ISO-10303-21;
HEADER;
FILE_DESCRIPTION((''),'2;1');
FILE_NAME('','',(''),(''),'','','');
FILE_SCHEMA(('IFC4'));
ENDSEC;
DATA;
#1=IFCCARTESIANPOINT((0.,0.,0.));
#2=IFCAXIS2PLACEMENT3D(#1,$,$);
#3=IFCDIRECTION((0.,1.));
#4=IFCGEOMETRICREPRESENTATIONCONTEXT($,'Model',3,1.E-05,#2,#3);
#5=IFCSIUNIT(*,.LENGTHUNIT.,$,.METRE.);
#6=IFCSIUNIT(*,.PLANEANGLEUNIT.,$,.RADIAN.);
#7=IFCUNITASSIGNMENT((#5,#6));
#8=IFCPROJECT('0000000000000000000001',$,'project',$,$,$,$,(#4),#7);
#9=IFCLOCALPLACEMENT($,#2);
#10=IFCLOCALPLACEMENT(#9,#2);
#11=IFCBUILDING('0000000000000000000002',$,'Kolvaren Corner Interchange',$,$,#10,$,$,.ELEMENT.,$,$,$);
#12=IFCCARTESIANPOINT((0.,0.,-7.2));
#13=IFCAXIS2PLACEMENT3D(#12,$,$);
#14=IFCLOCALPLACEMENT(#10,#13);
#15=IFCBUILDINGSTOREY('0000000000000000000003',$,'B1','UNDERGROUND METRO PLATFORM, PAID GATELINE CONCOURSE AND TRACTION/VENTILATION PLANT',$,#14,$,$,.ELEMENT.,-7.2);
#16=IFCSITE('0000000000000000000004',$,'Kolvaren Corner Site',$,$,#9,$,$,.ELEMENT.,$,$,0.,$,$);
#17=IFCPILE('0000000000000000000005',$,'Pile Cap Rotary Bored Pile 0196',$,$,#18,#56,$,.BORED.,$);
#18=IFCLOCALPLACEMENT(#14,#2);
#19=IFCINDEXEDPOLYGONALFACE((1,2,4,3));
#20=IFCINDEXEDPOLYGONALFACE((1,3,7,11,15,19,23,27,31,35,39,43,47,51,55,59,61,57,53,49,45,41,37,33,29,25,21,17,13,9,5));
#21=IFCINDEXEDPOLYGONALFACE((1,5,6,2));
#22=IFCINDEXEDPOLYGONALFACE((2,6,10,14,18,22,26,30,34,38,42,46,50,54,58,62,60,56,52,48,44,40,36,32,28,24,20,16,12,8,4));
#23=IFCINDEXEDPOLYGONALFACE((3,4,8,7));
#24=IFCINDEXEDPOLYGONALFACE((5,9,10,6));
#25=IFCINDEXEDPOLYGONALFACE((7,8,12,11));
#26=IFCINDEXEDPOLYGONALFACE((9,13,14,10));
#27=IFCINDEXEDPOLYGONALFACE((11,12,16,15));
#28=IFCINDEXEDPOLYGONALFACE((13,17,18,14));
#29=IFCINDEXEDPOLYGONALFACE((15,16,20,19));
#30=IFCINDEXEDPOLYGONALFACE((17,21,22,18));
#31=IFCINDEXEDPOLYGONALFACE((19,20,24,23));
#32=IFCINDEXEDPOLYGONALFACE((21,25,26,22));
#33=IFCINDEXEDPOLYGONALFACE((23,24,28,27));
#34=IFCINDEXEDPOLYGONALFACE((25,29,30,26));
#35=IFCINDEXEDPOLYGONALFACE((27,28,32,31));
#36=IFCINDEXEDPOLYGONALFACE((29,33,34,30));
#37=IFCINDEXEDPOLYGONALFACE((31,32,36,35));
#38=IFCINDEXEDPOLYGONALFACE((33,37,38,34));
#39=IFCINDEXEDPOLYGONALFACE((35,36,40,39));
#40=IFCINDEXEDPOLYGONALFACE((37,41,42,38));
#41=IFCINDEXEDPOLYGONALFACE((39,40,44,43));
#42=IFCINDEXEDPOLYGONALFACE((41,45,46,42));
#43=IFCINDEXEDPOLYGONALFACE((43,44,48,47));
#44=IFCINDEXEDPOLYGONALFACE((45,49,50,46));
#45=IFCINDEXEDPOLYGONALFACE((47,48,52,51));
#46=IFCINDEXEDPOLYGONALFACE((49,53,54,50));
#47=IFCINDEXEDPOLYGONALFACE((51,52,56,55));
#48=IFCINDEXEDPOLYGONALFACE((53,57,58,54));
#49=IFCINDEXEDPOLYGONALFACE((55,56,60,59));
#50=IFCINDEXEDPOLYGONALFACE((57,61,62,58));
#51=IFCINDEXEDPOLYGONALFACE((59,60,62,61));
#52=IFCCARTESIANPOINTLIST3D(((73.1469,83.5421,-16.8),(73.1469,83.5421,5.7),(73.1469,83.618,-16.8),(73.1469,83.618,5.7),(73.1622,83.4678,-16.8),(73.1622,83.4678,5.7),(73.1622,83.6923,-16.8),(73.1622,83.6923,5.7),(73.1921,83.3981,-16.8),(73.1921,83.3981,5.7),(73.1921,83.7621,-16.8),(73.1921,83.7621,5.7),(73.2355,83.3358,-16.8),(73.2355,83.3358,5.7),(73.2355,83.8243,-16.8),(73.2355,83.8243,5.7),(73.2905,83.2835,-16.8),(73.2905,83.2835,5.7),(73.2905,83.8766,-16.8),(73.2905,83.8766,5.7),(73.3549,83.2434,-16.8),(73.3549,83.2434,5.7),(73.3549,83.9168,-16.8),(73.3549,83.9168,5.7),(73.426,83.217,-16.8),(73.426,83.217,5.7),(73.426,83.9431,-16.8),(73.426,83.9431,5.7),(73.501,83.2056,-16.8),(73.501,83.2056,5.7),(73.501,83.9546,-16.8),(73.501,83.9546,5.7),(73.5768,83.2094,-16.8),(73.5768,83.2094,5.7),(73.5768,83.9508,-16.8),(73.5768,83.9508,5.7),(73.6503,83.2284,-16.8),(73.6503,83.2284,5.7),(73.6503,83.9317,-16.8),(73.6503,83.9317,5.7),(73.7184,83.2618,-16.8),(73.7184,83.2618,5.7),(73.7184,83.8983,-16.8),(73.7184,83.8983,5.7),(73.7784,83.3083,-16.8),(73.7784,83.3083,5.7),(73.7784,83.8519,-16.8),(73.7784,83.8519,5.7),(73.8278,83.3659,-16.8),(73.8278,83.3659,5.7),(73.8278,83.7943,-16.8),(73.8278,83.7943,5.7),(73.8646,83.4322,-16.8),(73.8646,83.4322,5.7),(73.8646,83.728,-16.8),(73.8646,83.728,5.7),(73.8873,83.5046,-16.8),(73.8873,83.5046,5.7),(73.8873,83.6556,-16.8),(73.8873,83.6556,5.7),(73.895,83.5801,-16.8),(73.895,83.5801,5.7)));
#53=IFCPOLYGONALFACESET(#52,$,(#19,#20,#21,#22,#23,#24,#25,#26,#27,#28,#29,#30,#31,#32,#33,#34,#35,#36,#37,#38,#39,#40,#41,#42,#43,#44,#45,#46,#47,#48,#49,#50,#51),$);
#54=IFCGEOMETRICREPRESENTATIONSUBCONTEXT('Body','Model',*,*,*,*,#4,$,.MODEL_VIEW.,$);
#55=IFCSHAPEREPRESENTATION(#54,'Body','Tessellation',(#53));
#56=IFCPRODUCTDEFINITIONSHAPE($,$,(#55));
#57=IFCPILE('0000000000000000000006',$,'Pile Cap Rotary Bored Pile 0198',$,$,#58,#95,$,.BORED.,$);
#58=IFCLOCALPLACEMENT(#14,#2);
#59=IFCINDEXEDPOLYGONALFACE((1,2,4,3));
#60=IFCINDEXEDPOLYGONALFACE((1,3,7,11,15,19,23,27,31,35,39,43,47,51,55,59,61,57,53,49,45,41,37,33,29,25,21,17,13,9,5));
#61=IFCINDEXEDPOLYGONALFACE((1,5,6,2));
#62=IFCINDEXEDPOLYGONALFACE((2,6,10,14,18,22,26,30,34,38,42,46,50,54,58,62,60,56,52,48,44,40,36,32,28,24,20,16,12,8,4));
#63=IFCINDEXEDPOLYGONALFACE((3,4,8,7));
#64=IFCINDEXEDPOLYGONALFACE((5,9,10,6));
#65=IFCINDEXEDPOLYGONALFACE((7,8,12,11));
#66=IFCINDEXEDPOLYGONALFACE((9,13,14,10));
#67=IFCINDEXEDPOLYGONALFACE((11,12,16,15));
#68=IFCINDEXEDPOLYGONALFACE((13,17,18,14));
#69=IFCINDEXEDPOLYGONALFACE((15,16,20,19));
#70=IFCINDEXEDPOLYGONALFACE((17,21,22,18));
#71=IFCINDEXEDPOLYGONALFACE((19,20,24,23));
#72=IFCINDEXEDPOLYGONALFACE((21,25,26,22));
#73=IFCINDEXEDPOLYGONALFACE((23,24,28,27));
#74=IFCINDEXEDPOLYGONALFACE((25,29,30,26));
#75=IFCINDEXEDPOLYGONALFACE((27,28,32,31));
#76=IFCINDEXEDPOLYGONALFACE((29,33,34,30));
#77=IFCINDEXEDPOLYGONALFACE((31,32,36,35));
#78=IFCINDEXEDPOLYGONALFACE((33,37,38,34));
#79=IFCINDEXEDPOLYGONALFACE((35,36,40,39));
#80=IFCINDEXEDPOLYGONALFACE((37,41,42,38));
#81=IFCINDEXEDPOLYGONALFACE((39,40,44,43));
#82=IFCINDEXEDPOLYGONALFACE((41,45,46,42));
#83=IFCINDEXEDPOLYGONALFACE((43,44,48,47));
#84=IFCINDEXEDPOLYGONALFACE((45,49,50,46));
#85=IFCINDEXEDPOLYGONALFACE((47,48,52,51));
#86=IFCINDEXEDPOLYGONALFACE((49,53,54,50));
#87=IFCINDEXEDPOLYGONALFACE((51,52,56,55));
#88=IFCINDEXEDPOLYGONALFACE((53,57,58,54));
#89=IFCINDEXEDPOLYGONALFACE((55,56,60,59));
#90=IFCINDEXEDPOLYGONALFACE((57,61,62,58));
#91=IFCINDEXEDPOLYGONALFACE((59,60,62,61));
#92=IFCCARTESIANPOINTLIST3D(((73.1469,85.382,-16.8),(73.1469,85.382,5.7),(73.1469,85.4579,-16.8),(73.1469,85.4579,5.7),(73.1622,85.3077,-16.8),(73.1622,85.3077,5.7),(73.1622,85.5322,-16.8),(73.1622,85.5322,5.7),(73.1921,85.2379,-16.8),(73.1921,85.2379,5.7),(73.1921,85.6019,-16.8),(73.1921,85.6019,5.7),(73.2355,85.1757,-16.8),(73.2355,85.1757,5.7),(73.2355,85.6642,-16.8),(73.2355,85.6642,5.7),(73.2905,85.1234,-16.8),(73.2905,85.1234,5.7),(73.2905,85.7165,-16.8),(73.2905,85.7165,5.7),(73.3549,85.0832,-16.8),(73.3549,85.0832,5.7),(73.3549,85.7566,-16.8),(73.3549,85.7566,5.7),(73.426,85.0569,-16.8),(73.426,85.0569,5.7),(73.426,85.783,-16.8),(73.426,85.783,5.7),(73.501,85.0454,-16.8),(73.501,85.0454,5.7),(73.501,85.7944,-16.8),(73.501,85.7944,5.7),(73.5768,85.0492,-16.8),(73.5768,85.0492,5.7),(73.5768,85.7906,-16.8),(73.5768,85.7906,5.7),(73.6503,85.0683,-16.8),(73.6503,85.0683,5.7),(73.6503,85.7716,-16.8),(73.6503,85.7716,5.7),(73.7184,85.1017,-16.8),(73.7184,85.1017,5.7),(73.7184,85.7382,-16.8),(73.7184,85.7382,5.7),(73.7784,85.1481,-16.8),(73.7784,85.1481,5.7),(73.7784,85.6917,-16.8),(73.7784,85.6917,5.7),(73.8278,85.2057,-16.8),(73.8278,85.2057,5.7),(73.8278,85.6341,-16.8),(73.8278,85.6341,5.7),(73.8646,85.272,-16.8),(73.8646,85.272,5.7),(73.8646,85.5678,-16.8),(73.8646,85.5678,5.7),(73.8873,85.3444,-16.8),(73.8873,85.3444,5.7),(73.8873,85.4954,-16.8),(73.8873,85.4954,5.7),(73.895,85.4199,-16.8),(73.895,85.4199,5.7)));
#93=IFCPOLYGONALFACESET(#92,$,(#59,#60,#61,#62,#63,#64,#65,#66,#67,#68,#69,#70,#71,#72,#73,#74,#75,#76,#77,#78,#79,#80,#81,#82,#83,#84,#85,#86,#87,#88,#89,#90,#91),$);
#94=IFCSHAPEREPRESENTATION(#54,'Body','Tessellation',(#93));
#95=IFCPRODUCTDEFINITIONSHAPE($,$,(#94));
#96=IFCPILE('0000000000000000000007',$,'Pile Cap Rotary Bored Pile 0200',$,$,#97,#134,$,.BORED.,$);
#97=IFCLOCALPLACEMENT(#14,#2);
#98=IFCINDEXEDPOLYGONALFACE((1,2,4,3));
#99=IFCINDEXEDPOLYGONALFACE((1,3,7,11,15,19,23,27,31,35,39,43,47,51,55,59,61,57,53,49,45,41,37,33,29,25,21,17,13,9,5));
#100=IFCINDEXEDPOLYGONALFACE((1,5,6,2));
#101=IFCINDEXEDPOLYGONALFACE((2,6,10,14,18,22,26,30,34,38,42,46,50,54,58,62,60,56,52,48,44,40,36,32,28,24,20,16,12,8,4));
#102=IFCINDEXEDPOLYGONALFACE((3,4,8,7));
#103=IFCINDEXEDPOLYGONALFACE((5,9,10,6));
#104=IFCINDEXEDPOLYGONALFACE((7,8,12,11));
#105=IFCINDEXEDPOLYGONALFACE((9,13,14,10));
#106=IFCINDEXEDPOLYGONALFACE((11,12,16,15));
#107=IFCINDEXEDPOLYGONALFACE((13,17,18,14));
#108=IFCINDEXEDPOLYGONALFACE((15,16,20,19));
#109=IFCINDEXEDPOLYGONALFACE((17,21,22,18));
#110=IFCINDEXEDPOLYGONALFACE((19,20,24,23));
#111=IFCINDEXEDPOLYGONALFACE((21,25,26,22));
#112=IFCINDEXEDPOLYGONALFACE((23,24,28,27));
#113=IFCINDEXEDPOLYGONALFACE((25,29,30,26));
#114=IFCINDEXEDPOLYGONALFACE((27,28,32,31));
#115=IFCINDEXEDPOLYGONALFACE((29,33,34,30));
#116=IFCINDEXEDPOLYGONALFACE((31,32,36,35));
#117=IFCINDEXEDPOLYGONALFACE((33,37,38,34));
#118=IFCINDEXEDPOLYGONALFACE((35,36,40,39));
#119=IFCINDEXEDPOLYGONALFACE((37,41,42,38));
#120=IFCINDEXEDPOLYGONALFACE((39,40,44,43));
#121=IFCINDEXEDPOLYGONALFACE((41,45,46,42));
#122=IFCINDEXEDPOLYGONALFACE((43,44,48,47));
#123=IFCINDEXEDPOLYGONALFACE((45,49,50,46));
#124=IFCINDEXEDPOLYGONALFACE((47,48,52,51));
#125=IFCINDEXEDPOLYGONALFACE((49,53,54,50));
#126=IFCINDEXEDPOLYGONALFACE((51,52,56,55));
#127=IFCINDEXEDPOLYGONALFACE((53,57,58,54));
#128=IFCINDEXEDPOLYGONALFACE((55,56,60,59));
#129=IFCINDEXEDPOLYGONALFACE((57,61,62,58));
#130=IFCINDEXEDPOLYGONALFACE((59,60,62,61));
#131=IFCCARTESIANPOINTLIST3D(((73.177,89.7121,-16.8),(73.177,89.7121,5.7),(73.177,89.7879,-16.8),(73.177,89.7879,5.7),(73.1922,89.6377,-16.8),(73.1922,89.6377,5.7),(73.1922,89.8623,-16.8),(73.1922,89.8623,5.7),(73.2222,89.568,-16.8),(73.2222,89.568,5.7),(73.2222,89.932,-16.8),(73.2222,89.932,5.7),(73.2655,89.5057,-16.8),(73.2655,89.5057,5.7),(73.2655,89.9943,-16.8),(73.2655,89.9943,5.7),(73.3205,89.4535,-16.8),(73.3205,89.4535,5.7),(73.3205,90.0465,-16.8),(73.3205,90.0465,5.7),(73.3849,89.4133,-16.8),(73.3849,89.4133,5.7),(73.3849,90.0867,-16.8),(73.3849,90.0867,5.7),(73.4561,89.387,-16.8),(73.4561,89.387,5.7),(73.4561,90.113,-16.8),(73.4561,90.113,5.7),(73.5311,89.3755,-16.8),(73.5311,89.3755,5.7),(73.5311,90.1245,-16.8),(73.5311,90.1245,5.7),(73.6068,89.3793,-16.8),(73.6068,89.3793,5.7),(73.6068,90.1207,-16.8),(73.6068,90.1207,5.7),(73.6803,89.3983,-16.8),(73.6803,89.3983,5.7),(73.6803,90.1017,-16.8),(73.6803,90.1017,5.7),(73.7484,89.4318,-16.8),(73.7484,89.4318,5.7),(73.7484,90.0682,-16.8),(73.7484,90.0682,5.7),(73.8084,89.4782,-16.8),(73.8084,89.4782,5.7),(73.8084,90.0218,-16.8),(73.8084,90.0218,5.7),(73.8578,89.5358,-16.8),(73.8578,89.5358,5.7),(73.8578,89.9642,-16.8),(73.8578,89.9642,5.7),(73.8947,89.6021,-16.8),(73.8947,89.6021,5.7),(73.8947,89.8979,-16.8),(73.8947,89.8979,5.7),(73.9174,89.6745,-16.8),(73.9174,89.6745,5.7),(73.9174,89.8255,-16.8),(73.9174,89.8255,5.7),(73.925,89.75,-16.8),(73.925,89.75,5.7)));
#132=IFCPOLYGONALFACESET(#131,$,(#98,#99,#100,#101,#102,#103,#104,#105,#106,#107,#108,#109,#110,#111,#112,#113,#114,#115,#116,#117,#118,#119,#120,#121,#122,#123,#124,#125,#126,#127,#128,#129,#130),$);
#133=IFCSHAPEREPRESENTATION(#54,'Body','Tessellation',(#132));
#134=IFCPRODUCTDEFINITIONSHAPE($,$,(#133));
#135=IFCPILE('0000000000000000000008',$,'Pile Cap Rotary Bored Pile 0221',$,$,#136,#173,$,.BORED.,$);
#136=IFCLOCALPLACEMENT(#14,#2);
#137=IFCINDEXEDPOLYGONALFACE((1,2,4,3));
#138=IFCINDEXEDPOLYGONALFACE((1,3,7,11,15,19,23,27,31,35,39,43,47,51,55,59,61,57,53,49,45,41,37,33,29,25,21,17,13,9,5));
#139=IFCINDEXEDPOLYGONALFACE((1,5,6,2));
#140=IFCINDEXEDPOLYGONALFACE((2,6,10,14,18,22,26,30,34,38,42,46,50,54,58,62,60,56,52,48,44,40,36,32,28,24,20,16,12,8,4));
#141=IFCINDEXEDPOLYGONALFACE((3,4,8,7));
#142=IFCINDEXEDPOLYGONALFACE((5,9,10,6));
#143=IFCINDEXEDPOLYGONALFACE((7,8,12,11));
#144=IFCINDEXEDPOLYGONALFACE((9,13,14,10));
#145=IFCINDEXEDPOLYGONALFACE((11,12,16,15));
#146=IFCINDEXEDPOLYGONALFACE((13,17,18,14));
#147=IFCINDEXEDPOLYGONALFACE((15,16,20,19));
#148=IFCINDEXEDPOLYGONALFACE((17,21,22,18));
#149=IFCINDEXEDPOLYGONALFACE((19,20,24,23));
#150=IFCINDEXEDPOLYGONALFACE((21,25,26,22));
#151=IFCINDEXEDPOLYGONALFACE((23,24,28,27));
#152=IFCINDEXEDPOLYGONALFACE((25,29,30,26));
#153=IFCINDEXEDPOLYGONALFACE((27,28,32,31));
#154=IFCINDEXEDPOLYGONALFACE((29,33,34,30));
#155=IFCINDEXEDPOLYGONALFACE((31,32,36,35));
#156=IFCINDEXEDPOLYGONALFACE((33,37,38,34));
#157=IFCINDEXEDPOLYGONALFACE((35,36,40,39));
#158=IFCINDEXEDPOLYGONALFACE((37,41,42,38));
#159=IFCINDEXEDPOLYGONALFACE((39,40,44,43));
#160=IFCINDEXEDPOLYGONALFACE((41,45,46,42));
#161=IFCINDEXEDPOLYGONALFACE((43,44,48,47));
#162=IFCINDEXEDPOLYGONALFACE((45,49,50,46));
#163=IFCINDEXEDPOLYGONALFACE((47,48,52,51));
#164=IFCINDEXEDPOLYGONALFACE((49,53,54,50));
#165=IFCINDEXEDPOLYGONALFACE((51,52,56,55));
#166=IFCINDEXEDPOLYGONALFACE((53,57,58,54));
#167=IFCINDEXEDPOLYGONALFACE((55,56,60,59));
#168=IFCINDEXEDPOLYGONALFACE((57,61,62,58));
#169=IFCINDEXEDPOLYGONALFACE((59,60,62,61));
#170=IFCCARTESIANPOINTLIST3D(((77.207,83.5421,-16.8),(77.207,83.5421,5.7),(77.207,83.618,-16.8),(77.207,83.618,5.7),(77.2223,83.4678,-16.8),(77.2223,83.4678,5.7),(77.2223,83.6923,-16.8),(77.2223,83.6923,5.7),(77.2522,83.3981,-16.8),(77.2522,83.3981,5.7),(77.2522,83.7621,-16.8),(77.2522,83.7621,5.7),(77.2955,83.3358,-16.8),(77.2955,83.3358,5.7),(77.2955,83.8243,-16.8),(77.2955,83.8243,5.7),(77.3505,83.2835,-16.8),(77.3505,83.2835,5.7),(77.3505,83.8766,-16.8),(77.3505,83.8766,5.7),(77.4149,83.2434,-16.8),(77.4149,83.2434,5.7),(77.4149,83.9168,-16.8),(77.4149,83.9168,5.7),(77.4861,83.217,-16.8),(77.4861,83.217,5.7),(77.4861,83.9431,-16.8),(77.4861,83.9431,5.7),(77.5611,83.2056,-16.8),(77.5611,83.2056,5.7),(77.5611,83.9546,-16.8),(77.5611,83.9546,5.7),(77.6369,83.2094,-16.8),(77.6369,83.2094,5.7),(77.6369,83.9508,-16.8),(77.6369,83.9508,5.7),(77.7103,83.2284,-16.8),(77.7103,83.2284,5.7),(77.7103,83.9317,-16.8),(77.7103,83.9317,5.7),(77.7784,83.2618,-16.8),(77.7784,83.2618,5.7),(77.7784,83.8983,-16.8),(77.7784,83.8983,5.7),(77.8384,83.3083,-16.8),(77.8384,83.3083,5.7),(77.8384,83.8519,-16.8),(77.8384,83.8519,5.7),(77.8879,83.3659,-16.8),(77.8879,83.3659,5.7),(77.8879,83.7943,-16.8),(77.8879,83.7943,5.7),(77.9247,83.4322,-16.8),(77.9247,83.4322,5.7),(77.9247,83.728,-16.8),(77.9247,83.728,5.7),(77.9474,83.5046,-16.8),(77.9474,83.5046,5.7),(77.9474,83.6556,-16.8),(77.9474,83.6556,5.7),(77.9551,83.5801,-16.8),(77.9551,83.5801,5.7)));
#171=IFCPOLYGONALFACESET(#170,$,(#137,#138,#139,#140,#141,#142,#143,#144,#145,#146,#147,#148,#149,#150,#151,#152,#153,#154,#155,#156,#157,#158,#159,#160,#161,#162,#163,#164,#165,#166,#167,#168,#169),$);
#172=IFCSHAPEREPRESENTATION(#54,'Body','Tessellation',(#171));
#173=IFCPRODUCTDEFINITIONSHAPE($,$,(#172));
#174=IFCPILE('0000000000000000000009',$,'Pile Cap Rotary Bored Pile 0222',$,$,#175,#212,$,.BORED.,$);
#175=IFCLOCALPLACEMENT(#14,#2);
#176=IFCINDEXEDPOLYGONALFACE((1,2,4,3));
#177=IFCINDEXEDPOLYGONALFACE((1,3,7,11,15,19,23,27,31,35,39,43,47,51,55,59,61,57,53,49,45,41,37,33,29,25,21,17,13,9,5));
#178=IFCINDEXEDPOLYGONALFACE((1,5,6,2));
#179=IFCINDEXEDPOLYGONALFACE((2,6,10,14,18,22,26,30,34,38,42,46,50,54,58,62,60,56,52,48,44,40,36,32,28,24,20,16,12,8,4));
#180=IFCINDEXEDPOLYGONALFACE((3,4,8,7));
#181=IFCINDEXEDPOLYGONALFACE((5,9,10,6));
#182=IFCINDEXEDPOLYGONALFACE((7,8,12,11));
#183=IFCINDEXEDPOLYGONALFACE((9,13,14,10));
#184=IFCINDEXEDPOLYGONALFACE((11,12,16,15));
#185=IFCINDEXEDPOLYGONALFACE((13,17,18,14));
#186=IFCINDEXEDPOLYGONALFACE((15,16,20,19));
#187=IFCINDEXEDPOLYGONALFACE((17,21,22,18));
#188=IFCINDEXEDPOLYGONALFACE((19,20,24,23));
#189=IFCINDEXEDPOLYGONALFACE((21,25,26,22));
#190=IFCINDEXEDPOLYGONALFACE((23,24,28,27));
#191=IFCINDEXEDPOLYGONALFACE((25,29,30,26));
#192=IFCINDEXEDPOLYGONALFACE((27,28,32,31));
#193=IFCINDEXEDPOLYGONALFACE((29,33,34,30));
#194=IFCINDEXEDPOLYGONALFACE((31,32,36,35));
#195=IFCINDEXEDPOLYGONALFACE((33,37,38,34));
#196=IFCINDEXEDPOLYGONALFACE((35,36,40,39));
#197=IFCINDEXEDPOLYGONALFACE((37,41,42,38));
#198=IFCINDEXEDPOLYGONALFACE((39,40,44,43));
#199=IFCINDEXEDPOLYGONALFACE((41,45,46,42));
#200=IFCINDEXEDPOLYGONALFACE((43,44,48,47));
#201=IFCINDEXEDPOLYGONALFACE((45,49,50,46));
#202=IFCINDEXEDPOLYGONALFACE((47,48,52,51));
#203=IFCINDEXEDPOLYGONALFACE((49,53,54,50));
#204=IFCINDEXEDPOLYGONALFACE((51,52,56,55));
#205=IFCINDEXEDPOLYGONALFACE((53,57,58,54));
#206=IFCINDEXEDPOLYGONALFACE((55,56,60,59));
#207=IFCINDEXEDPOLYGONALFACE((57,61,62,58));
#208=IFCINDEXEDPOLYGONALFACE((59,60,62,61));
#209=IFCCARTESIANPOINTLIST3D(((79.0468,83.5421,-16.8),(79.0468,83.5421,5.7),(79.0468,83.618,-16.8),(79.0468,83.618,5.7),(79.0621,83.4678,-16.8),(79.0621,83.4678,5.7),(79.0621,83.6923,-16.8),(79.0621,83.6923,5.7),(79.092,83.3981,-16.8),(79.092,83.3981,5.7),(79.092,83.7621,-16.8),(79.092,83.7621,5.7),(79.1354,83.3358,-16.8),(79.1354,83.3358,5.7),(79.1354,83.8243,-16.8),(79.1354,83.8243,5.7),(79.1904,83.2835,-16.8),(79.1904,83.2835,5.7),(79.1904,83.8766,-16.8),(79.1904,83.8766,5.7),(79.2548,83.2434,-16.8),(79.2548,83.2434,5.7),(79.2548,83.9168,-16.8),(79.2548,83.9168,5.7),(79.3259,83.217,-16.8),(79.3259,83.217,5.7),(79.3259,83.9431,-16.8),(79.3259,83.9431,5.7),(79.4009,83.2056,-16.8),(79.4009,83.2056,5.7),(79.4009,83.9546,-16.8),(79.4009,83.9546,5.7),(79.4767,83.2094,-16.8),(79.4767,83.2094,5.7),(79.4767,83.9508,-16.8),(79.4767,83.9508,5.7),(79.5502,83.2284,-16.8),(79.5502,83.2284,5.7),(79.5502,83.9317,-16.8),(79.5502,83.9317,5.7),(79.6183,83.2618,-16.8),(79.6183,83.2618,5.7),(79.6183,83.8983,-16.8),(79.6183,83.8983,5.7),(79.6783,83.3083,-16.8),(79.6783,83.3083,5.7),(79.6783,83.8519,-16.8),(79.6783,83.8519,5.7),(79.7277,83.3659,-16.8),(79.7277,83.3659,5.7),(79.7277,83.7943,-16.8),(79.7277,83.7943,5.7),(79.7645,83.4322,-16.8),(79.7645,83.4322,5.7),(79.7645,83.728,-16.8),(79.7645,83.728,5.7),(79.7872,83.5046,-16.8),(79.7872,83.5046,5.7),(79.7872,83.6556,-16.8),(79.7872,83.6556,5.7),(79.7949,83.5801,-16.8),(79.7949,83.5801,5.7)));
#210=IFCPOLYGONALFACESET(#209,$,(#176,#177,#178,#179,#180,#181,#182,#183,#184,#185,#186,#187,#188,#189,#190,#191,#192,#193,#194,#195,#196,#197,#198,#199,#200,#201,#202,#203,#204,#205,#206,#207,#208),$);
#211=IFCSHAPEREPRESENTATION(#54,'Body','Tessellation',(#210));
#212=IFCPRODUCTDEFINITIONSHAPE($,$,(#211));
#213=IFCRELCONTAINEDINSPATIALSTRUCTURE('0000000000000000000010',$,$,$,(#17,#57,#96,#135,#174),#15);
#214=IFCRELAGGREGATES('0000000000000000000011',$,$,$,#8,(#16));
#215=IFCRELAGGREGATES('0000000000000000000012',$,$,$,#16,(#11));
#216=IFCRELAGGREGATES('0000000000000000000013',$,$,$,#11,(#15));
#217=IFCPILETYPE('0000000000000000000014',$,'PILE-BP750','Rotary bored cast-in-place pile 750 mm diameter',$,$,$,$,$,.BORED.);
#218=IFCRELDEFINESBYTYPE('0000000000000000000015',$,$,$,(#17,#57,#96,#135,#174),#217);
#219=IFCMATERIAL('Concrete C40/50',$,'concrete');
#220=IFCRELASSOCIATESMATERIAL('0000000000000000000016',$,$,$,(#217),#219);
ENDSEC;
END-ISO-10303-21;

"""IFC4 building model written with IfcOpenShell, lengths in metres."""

from ifc_helpers import new_model, si_unit, direction, frame, origin, origin_2d, place, context, subcontext, project, spatial, circle, extrude, material, material_profile, profile_set, type_object, element, save


model = new_model("IFC4")

# Units and contexts
model_context = context("Model", 3, precision=1e-05, world=origin(), true_north=direction((0.0, 1.0)))
body_context = subcontext(model_context, "Body", "Model", "MODEL_VIEW")
ifc_project = project(units=[si_unit("LENGTHUNIT", "METRE"), si_unit("PLANEANGLEUNIT", "RADIAN")], contexts=[model_context])

# Site, building, storey
site_placement = place(None, origin())
site = spatial("IfcSite", under=ifc_project, at=site_placement, Name="Kolvaren Corner Site", CompositionType="ELEMENT", RefElevation=0.0)
building_placement = place(site_placement, origin())
building = spatial("IfcBuilding", under=site, at=building_placement, Name="Kolvaren Corner Interchange", CompositionType="ELEMENT")
storey_placement = place(building_placement, frame((0.0, 0.0, -7.2)))
storey = spatial("IfcBuildingStorey", under=building, at=storey_placement, Name="B1", Description="UNDERGROUND METRO PLATFORM, PAID GATELINE CONCOURSE AND TRACTION/VENTILATION PLANT", CompositionType="ELEMENT", Elevation=-7.2)

# Piles
ifc_material_1 = material(Name="Concrete C40/50", Category="concrete")
ifc_material_profile_1 = material_profile(ifc_material_1, circle(Radius=0.375, at=origin_2d()), Name="BORED PILE 750")
ifc_profile_set_1 = profile_set([ifc_material_profile_1], Name="Concrete C40/50")
pile_type_1 = type_object("IfcPileType", Name="PILE-BP750", Description="Rotary bored cast-in-place pile 750 mm diameter", PredefinedType="BORED", material=ifc_profile_set_1)
for number, where, z_axis, x_axis, name in (
    (1, (73.52, 83.5801, 5.7), (0.0, 0.0, -1.0), (1.0, 0.0, 0.0), "Pile Cap Rotary Bored Pile 0196"),
    (2, (73.52, 85.4199, 5.7), (0.0, 0.0, -1.0), (1.0, 0.0, 0.0), "Pile Cap Rotary Bored Pile 0198"),
    (3, (73.55, 89.75, 5.7), (0.0, 0.0, -1.0), (1.0, 0.0, 0.0), "Pile Cap Rotary Bored Pile 0200"),
    (4, (77.5801, 83.5801, 5.7), (0.0, 0.0, -1.0), (1.0, 0.0, 0.0), "Pile Cap Rotary Bored Pile 0221"),
    (5, (79.4199, 83.5801, 5.7), (0.0, 0.0, -1.0), (1.0, 0.0, 0.0), "Pile Cap Rotary Bored Pile 0222"),
):
    element("IfcPile", number, at=place(storey_placement, frame(where, z_axis=z_axis, x_axis=x_axis)), inside=storey, type_object=pile_type_1, Name=name, PredefinedType="BORED", context=body_context, shape_type="SweptSolid", body=[
        extrude(circle(Radius=0.375, at=origin_2d()), origin(), (0.0, 0.0, 1.0), 22.5),
    ])

save(model, "model.ifc")
